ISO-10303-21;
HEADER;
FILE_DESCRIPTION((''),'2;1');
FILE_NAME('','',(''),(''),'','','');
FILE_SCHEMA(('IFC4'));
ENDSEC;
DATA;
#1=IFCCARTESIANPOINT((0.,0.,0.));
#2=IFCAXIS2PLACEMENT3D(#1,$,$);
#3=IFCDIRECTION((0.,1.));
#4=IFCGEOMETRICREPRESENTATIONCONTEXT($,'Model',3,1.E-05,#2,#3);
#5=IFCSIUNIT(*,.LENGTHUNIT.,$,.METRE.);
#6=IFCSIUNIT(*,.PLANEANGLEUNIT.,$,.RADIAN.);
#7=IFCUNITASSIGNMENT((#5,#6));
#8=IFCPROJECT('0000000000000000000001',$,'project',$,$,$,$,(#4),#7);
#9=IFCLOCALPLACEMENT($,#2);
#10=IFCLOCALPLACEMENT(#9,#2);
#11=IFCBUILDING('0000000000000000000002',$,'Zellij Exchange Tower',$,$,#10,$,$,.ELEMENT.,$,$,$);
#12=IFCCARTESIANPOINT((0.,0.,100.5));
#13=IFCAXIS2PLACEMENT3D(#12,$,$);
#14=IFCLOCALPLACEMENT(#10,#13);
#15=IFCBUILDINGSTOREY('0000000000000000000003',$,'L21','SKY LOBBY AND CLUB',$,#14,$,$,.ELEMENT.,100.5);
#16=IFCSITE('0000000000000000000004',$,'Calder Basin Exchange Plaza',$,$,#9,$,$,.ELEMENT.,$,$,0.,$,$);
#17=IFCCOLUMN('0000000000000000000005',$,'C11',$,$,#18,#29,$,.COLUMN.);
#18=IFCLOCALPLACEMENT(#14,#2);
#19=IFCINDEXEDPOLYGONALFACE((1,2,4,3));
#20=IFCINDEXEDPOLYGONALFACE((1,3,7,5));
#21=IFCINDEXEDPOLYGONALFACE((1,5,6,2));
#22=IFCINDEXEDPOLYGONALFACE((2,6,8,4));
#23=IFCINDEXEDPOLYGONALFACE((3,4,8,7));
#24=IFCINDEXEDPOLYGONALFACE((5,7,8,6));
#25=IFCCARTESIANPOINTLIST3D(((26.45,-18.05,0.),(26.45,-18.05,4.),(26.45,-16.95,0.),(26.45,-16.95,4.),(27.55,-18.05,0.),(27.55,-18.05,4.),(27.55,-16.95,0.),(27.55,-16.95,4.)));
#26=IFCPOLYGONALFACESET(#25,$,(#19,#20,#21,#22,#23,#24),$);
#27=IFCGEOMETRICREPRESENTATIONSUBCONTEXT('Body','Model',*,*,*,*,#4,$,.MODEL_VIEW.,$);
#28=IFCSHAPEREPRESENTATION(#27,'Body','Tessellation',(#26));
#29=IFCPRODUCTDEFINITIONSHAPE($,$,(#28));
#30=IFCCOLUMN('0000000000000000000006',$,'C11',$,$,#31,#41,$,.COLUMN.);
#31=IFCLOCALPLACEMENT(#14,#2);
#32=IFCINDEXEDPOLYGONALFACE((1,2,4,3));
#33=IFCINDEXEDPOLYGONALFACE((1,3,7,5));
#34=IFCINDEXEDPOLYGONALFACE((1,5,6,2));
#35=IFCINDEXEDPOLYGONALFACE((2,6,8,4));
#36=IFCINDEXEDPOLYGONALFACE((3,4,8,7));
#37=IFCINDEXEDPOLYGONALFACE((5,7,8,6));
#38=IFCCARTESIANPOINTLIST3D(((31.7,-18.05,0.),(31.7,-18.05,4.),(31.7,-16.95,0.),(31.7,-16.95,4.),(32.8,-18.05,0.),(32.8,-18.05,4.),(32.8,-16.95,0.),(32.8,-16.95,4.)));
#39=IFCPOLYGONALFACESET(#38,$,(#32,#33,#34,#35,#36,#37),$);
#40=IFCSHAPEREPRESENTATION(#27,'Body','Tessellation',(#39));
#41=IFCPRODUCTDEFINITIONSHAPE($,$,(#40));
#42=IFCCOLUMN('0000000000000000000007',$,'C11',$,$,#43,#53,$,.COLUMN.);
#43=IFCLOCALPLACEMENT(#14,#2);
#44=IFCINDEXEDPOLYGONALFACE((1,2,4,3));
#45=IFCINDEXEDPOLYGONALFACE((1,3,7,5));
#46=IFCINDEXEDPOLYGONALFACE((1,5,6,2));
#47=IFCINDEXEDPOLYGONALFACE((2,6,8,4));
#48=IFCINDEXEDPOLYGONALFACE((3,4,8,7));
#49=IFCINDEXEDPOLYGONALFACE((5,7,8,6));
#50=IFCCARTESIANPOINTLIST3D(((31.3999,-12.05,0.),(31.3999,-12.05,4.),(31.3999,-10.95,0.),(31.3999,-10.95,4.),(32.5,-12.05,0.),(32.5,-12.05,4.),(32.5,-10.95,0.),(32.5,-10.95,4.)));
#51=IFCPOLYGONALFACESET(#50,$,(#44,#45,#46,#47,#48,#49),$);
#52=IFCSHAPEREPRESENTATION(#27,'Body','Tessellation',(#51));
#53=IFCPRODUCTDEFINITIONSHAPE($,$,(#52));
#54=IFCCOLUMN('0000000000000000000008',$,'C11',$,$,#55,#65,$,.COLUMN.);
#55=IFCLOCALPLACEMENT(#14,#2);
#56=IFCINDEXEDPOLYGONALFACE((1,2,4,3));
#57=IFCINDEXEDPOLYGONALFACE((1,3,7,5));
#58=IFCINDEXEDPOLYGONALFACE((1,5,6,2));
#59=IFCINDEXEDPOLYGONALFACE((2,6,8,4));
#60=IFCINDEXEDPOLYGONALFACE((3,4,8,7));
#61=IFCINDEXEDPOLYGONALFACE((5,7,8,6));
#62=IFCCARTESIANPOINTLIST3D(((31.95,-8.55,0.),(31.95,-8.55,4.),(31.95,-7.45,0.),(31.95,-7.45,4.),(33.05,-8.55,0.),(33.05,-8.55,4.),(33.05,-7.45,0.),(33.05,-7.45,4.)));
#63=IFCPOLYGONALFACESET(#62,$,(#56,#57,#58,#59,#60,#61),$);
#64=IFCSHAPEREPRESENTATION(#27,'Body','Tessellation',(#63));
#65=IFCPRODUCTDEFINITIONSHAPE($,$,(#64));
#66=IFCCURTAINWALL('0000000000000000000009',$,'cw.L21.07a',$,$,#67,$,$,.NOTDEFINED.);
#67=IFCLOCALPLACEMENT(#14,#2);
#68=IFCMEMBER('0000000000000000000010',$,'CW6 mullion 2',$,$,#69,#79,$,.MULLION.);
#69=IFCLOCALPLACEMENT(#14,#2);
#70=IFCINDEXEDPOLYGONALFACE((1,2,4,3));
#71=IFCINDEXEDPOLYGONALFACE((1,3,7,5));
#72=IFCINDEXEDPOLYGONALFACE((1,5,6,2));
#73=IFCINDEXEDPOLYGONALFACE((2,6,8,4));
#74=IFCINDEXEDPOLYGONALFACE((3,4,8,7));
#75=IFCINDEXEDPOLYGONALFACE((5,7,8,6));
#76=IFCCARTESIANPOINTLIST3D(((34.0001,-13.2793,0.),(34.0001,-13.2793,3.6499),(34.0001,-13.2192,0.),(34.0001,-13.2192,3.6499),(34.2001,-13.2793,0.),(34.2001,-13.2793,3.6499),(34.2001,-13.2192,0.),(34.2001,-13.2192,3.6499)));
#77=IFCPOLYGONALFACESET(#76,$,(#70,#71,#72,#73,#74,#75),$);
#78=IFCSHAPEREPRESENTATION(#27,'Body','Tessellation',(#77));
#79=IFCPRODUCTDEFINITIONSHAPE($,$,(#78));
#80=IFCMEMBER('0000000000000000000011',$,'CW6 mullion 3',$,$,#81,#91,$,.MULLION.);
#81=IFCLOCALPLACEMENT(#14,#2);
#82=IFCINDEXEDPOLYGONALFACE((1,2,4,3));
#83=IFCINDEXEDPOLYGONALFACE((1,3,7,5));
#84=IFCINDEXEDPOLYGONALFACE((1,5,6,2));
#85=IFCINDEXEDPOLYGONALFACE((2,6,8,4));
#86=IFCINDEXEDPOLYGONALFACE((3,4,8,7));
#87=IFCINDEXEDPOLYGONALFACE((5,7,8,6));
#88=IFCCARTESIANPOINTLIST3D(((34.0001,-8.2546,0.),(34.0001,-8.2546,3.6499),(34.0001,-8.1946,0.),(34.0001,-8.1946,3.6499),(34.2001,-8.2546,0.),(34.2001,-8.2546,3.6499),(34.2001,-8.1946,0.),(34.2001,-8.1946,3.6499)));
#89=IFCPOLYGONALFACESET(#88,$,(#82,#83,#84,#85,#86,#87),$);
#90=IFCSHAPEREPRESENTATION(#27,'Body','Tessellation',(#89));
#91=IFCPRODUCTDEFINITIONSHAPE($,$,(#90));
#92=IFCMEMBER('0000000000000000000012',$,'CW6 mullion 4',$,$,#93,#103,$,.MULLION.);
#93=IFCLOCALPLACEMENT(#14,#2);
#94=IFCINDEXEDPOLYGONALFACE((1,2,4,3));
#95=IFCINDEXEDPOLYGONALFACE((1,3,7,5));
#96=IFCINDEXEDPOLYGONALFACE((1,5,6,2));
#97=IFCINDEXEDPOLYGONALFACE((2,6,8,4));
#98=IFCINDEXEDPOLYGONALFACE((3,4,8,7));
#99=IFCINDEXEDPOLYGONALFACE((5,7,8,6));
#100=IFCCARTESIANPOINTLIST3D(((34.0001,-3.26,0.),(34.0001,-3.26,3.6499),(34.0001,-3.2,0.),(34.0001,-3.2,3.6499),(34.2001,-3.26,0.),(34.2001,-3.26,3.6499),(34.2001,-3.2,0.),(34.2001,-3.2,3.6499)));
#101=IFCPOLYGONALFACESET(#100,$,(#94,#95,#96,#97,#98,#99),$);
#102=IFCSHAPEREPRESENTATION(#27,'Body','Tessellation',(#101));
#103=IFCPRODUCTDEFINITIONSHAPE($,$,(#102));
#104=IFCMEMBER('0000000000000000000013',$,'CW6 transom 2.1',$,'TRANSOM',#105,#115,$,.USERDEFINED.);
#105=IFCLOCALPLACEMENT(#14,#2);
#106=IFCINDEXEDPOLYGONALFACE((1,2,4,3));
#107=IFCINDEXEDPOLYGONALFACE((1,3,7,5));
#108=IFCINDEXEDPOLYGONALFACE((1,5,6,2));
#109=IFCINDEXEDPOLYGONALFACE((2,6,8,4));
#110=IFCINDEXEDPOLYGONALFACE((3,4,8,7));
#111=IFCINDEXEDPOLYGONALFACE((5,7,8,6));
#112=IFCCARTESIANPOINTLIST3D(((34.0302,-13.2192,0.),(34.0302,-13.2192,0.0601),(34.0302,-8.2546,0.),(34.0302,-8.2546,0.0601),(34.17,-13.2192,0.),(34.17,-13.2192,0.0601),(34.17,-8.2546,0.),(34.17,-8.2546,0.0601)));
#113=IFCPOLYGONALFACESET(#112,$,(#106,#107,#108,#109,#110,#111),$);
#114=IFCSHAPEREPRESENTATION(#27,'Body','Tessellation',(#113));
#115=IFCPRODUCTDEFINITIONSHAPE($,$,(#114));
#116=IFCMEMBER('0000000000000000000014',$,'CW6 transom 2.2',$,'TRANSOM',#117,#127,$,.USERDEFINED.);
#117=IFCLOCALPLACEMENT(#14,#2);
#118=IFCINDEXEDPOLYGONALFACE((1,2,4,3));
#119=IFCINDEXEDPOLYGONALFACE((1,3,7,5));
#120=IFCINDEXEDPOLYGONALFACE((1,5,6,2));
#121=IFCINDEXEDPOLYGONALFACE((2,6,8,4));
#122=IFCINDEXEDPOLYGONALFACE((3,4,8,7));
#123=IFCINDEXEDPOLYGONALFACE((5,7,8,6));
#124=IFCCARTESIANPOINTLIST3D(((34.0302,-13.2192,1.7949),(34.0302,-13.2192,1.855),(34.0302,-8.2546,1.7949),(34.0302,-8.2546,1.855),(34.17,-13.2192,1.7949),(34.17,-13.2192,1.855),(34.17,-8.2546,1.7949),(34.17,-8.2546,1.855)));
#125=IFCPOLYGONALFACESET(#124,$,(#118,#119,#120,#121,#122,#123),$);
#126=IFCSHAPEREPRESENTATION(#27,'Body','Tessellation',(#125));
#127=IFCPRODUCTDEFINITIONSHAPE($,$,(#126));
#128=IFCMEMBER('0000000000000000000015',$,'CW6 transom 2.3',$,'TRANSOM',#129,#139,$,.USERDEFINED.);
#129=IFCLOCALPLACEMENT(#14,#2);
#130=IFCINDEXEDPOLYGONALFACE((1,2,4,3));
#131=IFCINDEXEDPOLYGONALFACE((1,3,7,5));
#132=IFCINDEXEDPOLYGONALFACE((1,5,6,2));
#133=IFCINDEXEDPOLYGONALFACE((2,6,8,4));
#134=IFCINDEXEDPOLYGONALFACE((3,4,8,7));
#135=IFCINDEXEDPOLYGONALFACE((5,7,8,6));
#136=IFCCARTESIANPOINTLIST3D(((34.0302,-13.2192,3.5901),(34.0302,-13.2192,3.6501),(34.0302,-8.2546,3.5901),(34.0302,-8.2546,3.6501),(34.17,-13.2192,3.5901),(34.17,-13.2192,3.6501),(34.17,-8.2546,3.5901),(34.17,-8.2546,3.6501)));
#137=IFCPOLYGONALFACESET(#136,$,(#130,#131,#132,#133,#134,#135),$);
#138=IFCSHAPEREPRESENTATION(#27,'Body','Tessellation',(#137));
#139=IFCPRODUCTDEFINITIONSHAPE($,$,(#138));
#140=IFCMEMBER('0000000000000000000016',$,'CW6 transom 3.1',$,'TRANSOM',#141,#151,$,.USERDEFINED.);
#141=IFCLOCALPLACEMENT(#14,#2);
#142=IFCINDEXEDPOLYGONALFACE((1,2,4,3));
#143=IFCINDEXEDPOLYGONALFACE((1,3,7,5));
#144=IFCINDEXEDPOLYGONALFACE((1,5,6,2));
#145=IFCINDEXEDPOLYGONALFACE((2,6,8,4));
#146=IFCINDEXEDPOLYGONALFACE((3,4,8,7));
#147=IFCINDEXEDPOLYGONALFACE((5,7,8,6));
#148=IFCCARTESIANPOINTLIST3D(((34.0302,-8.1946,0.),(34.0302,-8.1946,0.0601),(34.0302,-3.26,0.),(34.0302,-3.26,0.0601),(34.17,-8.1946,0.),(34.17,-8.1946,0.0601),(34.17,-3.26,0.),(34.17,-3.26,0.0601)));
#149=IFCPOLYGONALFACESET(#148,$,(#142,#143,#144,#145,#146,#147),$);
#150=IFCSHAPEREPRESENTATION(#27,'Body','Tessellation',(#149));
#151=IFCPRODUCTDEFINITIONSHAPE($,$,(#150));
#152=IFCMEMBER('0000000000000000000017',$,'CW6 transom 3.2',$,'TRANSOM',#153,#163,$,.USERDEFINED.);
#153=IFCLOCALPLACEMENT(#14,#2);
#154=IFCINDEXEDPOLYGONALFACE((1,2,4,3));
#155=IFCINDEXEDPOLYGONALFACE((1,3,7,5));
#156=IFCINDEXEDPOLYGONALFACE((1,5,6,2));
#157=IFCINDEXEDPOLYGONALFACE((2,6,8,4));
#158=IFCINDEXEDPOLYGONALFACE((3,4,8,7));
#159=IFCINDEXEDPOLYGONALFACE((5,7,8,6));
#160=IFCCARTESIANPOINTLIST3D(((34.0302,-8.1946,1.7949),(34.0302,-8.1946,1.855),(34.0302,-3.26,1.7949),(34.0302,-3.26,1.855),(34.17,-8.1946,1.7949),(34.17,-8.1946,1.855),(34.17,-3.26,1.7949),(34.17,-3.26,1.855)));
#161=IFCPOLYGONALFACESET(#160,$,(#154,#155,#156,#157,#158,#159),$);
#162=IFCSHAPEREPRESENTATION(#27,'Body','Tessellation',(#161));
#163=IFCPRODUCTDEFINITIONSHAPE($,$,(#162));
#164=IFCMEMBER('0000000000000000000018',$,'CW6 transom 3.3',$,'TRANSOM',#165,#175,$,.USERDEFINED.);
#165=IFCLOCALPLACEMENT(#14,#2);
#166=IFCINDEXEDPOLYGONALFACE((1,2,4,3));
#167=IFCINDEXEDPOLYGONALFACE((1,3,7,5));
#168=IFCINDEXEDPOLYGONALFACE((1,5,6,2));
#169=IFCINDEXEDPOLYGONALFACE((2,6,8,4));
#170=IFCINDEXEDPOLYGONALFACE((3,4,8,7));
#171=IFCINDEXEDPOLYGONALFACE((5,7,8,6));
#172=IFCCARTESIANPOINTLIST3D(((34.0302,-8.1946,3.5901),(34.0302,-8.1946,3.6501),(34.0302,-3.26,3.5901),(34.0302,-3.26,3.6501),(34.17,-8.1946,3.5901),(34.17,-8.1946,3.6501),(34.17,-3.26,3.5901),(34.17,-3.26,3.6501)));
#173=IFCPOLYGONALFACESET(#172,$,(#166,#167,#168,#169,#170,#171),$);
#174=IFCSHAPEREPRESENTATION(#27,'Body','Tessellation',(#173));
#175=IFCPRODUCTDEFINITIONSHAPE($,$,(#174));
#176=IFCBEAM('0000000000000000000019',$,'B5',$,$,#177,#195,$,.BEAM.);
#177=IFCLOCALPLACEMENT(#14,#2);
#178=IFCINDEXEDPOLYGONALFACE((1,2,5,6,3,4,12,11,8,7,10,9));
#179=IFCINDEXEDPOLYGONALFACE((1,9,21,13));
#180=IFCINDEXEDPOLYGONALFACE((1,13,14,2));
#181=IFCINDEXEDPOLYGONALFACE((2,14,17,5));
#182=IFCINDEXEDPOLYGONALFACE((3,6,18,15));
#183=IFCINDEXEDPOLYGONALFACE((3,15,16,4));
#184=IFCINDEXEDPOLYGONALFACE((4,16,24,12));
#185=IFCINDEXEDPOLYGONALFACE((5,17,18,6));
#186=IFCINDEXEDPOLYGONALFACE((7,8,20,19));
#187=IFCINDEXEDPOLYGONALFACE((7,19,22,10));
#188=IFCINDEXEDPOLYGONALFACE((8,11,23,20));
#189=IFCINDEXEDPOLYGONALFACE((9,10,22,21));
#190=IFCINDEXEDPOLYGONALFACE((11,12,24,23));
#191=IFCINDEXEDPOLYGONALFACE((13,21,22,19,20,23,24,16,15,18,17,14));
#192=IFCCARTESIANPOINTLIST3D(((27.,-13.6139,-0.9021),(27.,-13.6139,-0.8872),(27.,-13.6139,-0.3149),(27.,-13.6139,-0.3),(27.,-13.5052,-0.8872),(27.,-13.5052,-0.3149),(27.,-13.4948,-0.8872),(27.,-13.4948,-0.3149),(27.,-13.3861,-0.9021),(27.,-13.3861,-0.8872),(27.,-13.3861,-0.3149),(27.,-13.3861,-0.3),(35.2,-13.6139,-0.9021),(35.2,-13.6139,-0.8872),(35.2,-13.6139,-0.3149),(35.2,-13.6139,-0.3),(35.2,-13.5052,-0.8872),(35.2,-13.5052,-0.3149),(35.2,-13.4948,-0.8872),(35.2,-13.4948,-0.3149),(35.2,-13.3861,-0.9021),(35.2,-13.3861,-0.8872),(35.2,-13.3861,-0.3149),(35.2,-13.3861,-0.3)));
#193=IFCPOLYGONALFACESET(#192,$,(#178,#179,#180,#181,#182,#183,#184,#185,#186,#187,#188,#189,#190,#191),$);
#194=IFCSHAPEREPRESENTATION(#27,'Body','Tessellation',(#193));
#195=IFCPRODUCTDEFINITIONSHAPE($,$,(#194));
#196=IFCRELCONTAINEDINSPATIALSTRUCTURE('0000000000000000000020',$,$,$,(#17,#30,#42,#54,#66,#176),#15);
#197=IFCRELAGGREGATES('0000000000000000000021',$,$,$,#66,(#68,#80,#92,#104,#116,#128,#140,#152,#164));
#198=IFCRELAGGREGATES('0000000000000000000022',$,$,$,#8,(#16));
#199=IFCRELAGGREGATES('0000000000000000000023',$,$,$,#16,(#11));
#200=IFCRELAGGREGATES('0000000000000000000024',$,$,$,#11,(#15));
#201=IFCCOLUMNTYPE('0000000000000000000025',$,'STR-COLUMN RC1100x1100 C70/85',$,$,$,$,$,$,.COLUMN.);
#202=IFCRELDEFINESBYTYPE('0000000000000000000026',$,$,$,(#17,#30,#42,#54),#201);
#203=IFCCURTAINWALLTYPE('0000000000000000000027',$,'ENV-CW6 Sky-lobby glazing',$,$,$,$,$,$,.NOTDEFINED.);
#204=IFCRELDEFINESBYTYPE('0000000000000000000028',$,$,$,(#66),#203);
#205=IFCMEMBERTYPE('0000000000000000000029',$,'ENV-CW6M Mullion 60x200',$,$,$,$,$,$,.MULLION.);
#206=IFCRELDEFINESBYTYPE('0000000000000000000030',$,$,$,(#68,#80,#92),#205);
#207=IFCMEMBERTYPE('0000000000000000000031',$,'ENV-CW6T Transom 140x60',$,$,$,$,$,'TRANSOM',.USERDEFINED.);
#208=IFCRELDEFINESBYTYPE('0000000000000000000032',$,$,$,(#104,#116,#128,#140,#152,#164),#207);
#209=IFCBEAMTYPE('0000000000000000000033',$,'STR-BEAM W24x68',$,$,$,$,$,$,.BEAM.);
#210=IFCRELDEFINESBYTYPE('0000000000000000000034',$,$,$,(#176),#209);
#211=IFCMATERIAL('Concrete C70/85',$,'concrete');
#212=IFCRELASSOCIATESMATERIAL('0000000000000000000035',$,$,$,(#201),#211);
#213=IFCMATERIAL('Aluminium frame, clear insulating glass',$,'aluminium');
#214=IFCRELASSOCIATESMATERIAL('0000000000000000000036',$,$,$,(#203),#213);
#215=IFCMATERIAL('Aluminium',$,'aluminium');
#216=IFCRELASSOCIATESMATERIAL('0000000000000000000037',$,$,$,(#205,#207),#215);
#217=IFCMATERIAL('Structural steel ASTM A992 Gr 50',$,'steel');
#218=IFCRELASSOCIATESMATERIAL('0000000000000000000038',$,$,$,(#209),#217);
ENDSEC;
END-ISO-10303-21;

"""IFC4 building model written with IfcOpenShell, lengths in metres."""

from ifc_helpers import new_model, si_unit, direction, frame, origin, origin_2d, place, context, subcontext, project, spatial, rectangle, i_section, extrude, material, material_profile, profile_set, type_object, element, aggregate, save


model = new_model("IFC4")

# Units and contexts
model_context = context("Model", 3, precision=1e-05, world=origin(), true_north=direction((0.0, 1.0)))
body_context = subcontext(model_context, "Body", "Model", "MODEL_VIEW")
ifc_project = project(units=[si_unit("LENGTHUNIT", "METRE"), si_unit("PLANEANGLEUNIT", "RADIAN")], contexts=[model_context])

# Site, building, storey
site_placement = place(None, origin())
site = spatial("IfcSite", under=ifc_project, at=site_placement, Name="Calder Basin Exchange Plaza", CompositionType="ELEMENT", RefElevation=0.0)
building_placement = place(site_placement, origin())
building = spatial("IfcBuilding", under=site, at=building_placement, Name="Zellij Exchange Tower", CompositionType="ELEMENT")
storey_placement = place(building_placement, frame((0.0, 0.0, 100.5)))
storey = spatial("IfcBuildingStorey", under=building, at=storey_placement, Name="L21", Description="SKY LOBBY AND CLUB", CompositionType="ELEMENT", Elevation=100.5)

# Columns
ifc_material_1 = material(Name="Concrete C70/85", Category="concrete")
ifc_material_profile_1 = material_profile(ifc_material_1, rectangle(XDim=1.1001, YDim=1.1001, at=origin_2d()), Name="STR-COLUMN RC1100x1100 C70/85")
ifc_profile_set_1 = profile_set([ifc_material_profile_1], Name="Concrete C70/85")
column_type = type_object("IfcColumnType", Name="STR-COLUMN RC1100x1100 C70/85", PredefinedType="COLUMN", material=ifc_profile_set_1)
for number, where, z_axis, x_axis, name in (
    (1, (27.0, -17.5, 0.0), (0.0, 0.0, 1.0), (1.0, 0.0, 0.0), "C11"),
    (2, (32.25, -17.5, 0.0), (0.0, 0.0, 1.0), (1.0, 0.0, 0.0), "C11"),
    (3, (31.95, -11.5, 0.0), (0.0, 0.0, 1.0), (1.0, 0.0, 0.0), "C11"),
    (4, (32.5, -8.0, 0.0), (0.0, 0.0, 1.0), (1.0, 0.0, 0.0), "C11"),
):
    element("IfcColumn", number, at=place(storey_placement, frame(where, z_axis=z_axis, x_axis=x_axis)), inside=storey, type_object=column_type, Name=name, PredefinedType="COLUMN", context=body_context, shape_type="SweptSolid", body=[
        extrude(rectangle(XDim=1.1001, YDim=1.1001, at=origin_2d()), origin(), (0.0, 0.0, 1.0), 4.0),
    ])

# Curtain wall, members
ifc_material_2 = material(Name="Aluminium frame, clear insulating glass", Category="aluminium")
curtain_wall_type = type_object("IfcCurtainWallType", Name="ENV-CW6 Sky-lobby glazing", PredefinedType="NOTDEFINED", material=ifc_material_2)
curtain_wall_placement = place(storey_placement, origin())
curtain_wall = element("IfcCurtainWall", 5, at=curtain_wall_placement, inside=storey, type_object=curtain_wall_type, Name="cw.L21.07a", PredefinedType="NOTDEFINED")
ifc_material_3 = material(Name="Aluminium", Category="aluminium")
ifc_material_profile_2 = material_profile(ifc_material_3, rectangle(XDim=0.0601, YDim=0.2, at=origin_2d()), Name="AL 60x200")
ifc_profile_set_2 = profile_set([ifc_material_profile_2], Name="Aluminium")
member_type_1 = type_object("IfcMemberType", Name="ENV-CW6M Mullion 60x200", PredefinedType="MULLION", material=ifc_profile_set_2)
member_1_placement = place(storey_placement, frame((34.1001, -13.2493, 0.0), z_axis=(0.0, 0.0, 1.0), x_axis=(0.0, 1.0, 0.0)))
member_1 = element("IfcMember", 6, at=member_1_placement, type_object=member_type_1, Name="CW6 mullion 2", PredefinedType="MULLION", context=body_context, shape_type="SweptSolid", body=[
    extrude(rectangle(XDim=0.0601, YDim=0.2, at=origin_2d()), origin(), (0.0, 0.0, 1.0), 3.6499),
])
member_2_placement = place(storey_placement, frame((34.1001, -8.2246, 0.0), z_axis=(0.0, 0.0, 1.0), x_axis=(0.0, 1.0, 0.0)))
member_2 = element("IfcMember", 7, at=member_2_placement, type_object=member_type_1, Name="CW6 mullion 3", PredefinedType="MULLION", context=body_context, shape_type="SweptSolid", body=[
    extrude(rectangle(XDim=0.0601, YDim=0.2, at=origin_2d()), origin(), (0.0, 0.0, 1.0), 3.6499),
])
member_3_placement = place(storey_placement, frame((34.1001, -3.23, 0.0), z_axis=(0.0, 0.0, 1.0), x_axis=(0.0, 1.0, 0.0)))
member_3 = element("IfcMember", 8, at=member_3_placement, type_object=member_type_1, Name="CW6 mullion 4", PredefinedType="MULLION", context=body_context, shape_type="SweptSolid", body=[
    extrude(rectangle(XDim=0.0601, YDim=0.2, at=origin_2d()), origin(), (0.0, 0.0, 1.0), 3.6499),
])
ifc_material_profile_3 = material_profile(ifc_material_3, rectangle(XDim=0.1399, YDim=0.0601, at=origin_2d()), Name="AL 140x60")
ifc_profile_set_3 = profile_set([ifc_material_profile_3], Name="Aluminium")
member_type_2 = type_object("IfcMemberType", Name="ENV-CW6T Transom 140x60", ElementType="TRANSOM", PredefinedType="USERDEFINED", material=ifc_profile_set_3)
member_4_placement = place(storey_placement, frame((34.1001, -13.2192, 0.03), z_axis=(0.0, 1.0, 0.0), x_axis=(-1.0, 0.0, 0.0)))
member_4 = element("IfcMember", 9, at=member_4_placement, type_object=member_type_2, Name="CW6 transom 2.1", ObjectType="TRANSOM", PredefinedType="USERDEFINED", context=body_context, shape_type="SweptSolid", body=[
    extrude(rectangle(XDim=0.1399, YDim=0.0601, at=origin_2d()), origin(), (0.0, 0.0, 1.0), 4.9646),
])
member_5_placement = place(storey_placement, frame((34.1001, -13.2192, 1.825), z_axis=(0.0, 1.0, 0.0), x_axis=(-1.0, 0.0, 0.0)))
member_5 = element("IfcMember", 10, at=member_5_placement, type_object=member_type_2, Name="CW6 transom 2.2", ObjectType="TRANSOM", PredefinedType="USERDEFINED", context=body_context, shape_type="SweptSolid", body=[
    extrude(rectangle(XDim=0.1399, YDim=0.0601, at=origin_2d()), origin(), (0.0, 0.0, 1.0), 4.9646),
])
member_6_placement = place(storey_placement, frame((34.1001, -13.2192, 3.6201), z_axis=(0.0, 1.0, 0.0), x_axis=(-1.0, 0.0, 0.0)))
member_6 = element("IfcMember", 11, at=member_6_placement, type_object=member_type_2, Name="CW6 transom 2.3", ObjectType="TRANSOM", PredefinedType="USERDEFINED", context=body_context, shape_type="SweptSolid", body=[
    extrude(rectangle(XDim=0.1399, YDim=0.0601, at=origin_2d()), origin(), (0.0, 0.0, 1.0), 4.9646),
])
member_7_placement = place(storey_placement, frame((34.1001, -8.1946, 0.03), z_axis=(0.0, 1.0, 0.0), x_axis=(-1.0, 0.0, 0.0)))
member_7 = element("IfcMember", 12, at=member_7_placement, type_object=member_type_2, Name="CW6 transom 3.1", ObjectType="TRANSOM", PredefinedType="USERDEFINED", context=body_context, shape_type="SweptSolid", body=[
    extrude(rectangle(XDim=0.1399, YDim=0.0601, at=origin_2d()), origin(), (0.0, 0.0, 1.0), 4.9346),
])
member_8_placement = place(storey_placement, frame((34.1001, -8.1946, 1.825), z_axis=(0.0, 1.0, 0.0), x_axis=(-1.0, 0.0, 0.0)))
member_8 = element("IfcMember", 13, at=member_8_placement, type_object=member_type_2, Name="CW6 transom 3.2", ObjectType="TRANSOM", PredefinedType="USERDEFINED", context=body_context, shape_type="SweptSolid", body=[
    extrude(rectangle(XDim=0.1399, YDim=0.0601, at=origin_2d()), origin(), (0.0, 0.0, 1.0), 4.9346),
])
member_9_placement = place(storey_placement, frame((34.1001, -8.1946, 3.6201), z_axis=(0.0, 1.0, 0.0), x_axis=(-1.0, 0.0, 0.0)))
member_9 = element("IfcMember", 14, at=member_9_placement, type_object=member_type_2, Name="CW6 transom 3.3", ObjectType="TRANSOM", PredefinedType="USERDEFINED", context=body_context, shape_type="SweptSolid", body=[
    extrude(rectangle(XDim=0.1399, YDim=0.0601, at=origin_2d()), origin(), (0.0, 0.0, 1.0), 4.9346),
])

# Beam
ifc_material_4 = material(Name="Structural steel ASTM A992 Gr 50", Category="steel")
ifc_material_profile_4 = material_profile(ifc_material_4, i_section(OverallWidth=0.2278, OverallDepth=0.6021, WebThickness=0.0105, FlangeThickness=0.0149, at=origin_2d()), Name="W24x68")
ifc_profile_set_4 = profile_set([ifc_material_profile_4], Name="Structural steel ASTM A992 Gr 50")
beam_type_1 = type_object("IfcBeamType", Name="STR-BEAM W24x68", PredefinedType="BEAM", material=ifc_profile_set_4)
for number, where, z_axis, x_axis, name in (
    (15, (27.0, -13.5, -0.6011), (1.0, 0.0, 0.0), (0.0, 1.0, 0.0), "B5"),
):
    element("IfcBeam", number, at=place(storey_placement, frame(where, z_axis=z_axis, x_axis=x_axis)), inside=storey, type_object=beam_type_1, Name=name, PredefinedType="BEAM", context=body_context, shape_type="SweptSolid", body=[
        extrude(i_section(OverallWidth=0.2278, OverallDepth=0.6021, WebThickness=0.0105, FlangeThickness=0.0149, at=origin_2d()), origin(), (0.0, 0.0, 1.0), 8.2),
    ])

aggregate(curtain_wall, [member_1, member_2, member_3, member_4, member_5, member_6, member_7, member_8, member_9])

save(model, "model.ifc")
